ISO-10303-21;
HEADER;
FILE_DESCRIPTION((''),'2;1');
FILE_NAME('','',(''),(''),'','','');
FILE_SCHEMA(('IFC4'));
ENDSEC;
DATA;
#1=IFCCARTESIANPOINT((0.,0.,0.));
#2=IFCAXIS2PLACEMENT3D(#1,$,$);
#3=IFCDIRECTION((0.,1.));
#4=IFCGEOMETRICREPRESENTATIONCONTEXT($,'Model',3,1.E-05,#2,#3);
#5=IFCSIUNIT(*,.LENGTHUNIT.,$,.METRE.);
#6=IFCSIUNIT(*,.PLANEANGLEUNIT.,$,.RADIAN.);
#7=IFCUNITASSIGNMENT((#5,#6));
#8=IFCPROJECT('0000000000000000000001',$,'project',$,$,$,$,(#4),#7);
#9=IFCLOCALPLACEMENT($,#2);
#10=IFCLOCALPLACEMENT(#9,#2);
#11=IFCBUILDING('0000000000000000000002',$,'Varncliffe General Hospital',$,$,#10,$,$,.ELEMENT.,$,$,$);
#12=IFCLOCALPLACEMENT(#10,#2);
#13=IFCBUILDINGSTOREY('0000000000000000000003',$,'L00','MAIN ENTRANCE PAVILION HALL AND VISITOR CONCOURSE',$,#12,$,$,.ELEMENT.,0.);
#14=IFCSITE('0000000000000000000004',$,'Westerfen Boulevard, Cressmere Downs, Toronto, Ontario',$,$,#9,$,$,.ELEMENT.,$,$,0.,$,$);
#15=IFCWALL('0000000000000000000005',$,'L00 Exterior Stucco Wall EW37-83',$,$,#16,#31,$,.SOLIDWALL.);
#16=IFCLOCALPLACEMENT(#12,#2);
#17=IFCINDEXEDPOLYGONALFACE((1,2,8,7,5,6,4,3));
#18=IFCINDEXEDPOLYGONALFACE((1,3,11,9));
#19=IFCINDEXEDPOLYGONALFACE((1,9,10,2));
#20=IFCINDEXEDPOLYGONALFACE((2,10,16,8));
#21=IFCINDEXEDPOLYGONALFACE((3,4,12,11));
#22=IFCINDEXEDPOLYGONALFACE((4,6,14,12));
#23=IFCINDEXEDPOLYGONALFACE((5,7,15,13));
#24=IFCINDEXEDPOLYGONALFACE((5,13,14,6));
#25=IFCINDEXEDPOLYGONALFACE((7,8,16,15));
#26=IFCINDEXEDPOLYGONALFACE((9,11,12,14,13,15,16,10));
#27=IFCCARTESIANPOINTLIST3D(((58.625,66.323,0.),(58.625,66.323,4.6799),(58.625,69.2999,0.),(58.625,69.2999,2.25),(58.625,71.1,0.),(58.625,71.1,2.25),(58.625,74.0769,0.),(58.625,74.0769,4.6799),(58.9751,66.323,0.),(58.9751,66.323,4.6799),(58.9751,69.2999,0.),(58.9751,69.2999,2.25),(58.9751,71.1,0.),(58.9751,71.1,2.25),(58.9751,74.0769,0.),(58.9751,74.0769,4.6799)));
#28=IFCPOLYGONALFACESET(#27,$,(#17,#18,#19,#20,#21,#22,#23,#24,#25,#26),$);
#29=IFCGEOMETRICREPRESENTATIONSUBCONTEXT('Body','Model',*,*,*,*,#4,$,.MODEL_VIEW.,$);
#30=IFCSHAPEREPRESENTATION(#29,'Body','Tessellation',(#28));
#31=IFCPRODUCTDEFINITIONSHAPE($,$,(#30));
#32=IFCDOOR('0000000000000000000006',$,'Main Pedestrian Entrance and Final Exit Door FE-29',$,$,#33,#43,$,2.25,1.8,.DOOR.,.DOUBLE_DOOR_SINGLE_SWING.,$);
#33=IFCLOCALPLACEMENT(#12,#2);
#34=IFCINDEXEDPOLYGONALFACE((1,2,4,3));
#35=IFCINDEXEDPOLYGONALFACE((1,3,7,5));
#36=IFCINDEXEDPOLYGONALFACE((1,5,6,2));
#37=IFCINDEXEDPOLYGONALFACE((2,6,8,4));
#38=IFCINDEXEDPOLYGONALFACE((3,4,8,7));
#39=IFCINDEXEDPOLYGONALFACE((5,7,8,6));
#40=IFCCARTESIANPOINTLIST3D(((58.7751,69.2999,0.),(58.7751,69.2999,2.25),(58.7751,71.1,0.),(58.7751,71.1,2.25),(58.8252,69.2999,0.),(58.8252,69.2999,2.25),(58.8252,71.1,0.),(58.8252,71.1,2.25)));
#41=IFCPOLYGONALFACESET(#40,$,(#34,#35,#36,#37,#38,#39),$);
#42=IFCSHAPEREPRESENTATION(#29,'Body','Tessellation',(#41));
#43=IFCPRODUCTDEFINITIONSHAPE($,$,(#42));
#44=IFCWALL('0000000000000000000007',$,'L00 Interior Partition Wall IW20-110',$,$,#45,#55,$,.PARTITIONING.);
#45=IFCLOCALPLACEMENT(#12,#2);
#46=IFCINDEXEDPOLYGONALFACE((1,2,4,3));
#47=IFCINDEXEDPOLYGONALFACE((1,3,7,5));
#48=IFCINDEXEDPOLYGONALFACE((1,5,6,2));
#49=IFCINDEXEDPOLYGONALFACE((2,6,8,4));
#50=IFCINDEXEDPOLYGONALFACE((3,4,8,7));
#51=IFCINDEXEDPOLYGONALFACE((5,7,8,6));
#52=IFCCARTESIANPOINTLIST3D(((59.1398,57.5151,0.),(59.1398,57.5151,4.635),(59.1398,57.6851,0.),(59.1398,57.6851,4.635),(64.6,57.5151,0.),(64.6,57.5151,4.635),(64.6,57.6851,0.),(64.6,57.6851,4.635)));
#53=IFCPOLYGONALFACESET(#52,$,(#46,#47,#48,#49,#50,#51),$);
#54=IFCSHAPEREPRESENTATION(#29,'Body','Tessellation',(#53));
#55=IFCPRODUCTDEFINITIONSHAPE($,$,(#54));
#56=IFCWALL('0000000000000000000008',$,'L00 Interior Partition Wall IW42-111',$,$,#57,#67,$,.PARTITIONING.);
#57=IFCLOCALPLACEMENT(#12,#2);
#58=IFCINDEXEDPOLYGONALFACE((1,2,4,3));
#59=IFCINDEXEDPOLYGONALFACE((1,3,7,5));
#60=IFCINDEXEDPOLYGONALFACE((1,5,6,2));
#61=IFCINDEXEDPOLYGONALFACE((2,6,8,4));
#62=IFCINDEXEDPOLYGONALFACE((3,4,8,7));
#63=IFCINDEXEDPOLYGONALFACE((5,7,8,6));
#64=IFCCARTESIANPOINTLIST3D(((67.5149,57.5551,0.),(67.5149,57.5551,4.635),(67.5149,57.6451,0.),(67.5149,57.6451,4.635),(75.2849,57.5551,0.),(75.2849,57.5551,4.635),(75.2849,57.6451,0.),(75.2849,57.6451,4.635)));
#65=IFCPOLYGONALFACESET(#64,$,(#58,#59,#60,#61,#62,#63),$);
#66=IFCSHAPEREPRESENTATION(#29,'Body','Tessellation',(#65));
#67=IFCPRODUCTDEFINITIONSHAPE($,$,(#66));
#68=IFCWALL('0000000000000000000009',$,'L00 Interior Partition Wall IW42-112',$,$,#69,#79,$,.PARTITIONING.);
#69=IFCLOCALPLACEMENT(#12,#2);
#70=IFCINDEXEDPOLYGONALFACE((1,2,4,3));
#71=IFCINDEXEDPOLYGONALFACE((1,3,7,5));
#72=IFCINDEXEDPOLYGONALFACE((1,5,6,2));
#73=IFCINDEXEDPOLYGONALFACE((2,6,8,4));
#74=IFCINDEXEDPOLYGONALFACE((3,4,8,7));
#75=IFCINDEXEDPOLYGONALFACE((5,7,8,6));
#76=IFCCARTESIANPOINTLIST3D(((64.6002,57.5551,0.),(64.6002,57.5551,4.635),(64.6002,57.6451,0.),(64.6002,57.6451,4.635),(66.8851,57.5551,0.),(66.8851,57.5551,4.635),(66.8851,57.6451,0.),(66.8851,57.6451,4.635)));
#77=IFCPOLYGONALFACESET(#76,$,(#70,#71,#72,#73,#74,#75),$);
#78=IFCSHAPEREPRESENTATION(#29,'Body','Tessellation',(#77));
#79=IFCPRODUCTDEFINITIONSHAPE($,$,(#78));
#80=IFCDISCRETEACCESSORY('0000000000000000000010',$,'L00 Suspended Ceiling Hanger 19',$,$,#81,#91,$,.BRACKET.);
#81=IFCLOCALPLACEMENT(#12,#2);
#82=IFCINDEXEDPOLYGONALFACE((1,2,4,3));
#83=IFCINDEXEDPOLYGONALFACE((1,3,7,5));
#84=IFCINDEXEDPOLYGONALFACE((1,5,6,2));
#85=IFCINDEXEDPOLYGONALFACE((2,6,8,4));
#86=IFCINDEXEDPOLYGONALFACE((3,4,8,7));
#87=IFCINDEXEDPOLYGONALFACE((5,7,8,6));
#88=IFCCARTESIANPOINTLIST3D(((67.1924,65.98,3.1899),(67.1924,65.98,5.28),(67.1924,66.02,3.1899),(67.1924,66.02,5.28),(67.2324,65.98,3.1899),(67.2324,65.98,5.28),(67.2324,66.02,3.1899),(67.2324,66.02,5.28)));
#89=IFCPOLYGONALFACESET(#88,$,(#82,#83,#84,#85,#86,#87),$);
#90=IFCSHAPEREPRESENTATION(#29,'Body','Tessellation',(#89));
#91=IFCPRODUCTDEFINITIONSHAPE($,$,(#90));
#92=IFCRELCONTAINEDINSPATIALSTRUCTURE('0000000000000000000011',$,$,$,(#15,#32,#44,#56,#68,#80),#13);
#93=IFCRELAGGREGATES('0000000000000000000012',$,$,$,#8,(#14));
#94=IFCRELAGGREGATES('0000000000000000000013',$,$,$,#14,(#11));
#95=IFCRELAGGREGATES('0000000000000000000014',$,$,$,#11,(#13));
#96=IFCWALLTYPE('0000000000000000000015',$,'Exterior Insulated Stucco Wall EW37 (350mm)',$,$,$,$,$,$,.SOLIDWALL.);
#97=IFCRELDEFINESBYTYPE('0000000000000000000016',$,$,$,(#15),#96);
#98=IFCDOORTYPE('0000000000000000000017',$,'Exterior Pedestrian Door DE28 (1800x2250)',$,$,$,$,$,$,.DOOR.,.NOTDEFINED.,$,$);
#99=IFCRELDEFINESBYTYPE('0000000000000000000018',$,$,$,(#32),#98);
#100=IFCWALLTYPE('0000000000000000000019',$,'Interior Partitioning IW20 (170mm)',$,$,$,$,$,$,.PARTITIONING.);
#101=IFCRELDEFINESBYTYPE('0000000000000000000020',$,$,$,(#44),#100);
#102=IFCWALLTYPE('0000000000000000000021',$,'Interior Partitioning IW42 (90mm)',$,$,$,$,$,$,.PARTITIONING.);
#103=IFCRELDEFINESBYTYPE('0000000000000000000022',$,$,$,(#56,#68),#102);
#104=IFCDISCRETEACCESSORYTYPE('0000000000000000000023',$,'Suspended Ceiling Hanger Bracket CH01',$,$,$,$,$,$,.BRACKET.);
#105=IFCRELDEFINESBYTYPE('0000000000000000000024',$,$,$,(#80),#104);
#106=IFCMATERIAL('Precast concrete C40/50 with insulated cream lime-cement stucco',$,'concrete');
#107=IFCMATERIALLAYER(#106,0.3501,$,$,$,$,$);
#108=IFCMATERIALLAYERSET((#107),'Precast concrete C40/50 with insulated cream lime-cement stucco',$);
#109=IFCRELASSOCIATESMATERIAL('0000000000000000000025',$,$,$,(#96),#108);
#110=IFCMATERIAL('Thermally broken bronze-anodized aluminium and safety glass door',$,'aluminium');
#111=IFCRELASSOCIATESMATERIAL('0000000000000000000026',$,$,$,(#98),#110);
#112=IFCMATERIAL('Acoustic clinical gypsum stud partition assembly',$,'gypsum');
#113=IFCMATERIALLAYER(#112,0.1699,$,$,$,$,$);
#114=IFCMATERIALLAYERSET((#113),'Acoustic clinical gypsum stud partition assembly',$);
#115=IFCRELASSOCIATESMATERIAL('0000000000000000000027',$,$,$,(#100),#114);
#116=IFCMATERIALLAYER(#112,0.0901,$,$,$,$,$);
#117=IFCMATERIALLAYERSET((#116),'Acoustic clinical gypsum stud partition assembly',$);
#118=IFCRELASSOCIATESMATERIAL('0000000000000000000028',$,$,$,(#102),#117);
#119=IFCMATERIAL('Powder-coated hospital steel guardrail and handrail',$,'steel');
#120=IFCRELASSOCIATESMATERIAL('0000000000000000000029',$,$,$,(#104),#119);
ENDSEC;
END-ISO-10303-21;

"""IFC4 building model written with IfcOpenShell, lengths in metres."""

from ifc_helpers import new_model, si_unit, direction, frame, frame_2d, origin, origin_2d, place, context, subcontext, project, spatial, rectangle, extrude, material, layer, layer_set, type_object, element, fill, save


model = new_model("IFC4")

# Units and contexts
model_context = context("Model", 3, precision=1e-05, world=origin(), true_north=direction((0.0, 1.0)))
body_context = subcontext(model_context, "Body", "Model", "MODEL_VIEW")
ifc_project = project(units=[si_unit("LENGTHUNIT", "METRE"), si_unit("PLANEANGLEUNIT", "RADIAN")], contexts=[model_context])

# Site, building, storey
site_placement = place(None, origin())
site = spatial("IfcSite", under=ifc_project, at=site_placement, Name="Westerfen Boulevard, Cressmere Downs, Toronto, Ontario", CompositionType="ELEMENT", RefElevation=0.0)
building_placement = place(site_placement, origin())
building = spatial("IfcBuilding", under=site, at=building_placement, Name="Varncliffe General Hospital", CompositionType="ELEMENT")
storey_placement = place(building_placement, origin())
storey = spatial("IfcBuildingStorey", under=building, at=storey_placement, Name="L00", Description="MAIN ENTRANCE PAVILION HALL AND VISITOR CONCOURSE", CompositionType="ELEMENT", Elevation=0.0)

# Wall, opening, door
ifc_material_1 = material(Name="Precast concrete C40/50 with insulated cream lime-cement stucco", Category="concrete")
ifc_material_2 = material(Name="Thermally broken bronze-anodized aluminium and safety glass door", Category="aluminium")
ifc_layer_1 = layer(ifc_material_1, 0.3501)
ifc_layer_set_1 = layer_set([ifc_layer_1], Name="Precast concrete C40/50 with insulated cream lime-cement stucco")
wall_type_1 = type_object("IfcWallType", Name="Exterior Insulated Stucco Wall EW37 (350mm)", PredefinedType="SOLIDWALL", material=ifc_layer_set_1)
wall_1_placement = place(storey_placement, frame((58.8, 66.323, 0.0), z_axis=(0.0, 0.0, 1.0), x_axis=(0.0, 1.0, 0.0)))
wall_1 = element("IfcWall", 1, at=wall_1_placement, inside=storey, type_object=wall_type_1, Name="L00 Exterior Stucco Wall EW37-83", PredefinedType="SOLIDWALL", context=body_context, shape_type="SweptSolid", body=[
    extrude(rectangle(XDim=7.7539, YDim=0.3501, at=frame_2d((3.877, 0.0))), origin(), (0.0, 0.0, 1.0), 4.6799),
])
opening_1_placement = place(wall_1_placement, frame((2.9771, 0.0, 0.0)))
opening_1 = element("IfcOpeningElement", 2, at=opening_1_placement, cuts=wall_1, PredefinedType="OPENING", context=body_context, shape_type="SweptSolid", body=[
    extrude(rectangle(XDim=1.8, YDim=2.25, at=frame_2d((0.8999, 1.125))), frame((0.0, 0.1851, 0.0), z_axis=(0.0, -1.0, 0.0), x_axis=(1.0, 0.0, 0.0)), (0.0, 0.0, 1.0), 0.3701),
])
door_type_1 = type_object("IfcDoorType", Name="Exterior Pedestrian Door DE28 (1800x2250)", OperationType="NOTDEFINED", PredefinedType="DOOR", material=ifc_material_2)
door_1_placement = place(opening_1_placement, origin())
door_1 = element("IfcDoor", 3, at=door_1_placement, inside=storey, type_object=door_type_1, Name="Main Pedestrian Entrance and Final Exit Door FE-29", OperationType="DOUBLE_DOOR_SINGLE_SWING", OverallHeight=2.25, OverallWidth=1.8, PredefinedType="DOOR", context=body_context, shape_type="SweptSolid", body=[
    extrude(rectangle(XDim=1.8, YDim=2.25, at=frame_2d((0.8999, 1.125))), frame((0.0, 0.0249, 0.0), z_axis=(0.0, -1.0, 0.0), x_axis=(1.0, 0.0, 0.0)), (0.0, 0.0, 1.0), 0.05),
])
fill(opening_1, door_1)

# Walls
ifc_material_3 = material(Name="Acoustic clinical gypsum stud partition assembly", Category="gypsum")
ifc_layer_2 = layer(ifc_material_3, 0.1699)
ifc_layer_set_2 = layer_set([ifc_layer_2], Name="Acoustic clinical gypsum stud partition assembly")
wall_type_2 = type_object("IfcWallType", Name="Interior Partitioning IW20 (170mm)", PredefinedType="PARTITIONING", material=ifc_layer_set_2)
wall_2_placement = place(storey_placement, frame((59.1399, 57.6001, 0.0), z_axis=(0.0, 0.0, 1.0), x_axis=(1.0, 0.0, 0.0)))
element("IfcWall", 4, at=wall_2_placement, inside=storey, type_object=wall_type_2, Name="L00 Interior Partition Wall IW20-110", PredefinedType="PARTITIONING", context=body_context, shape_type="SweptSolid", body=[
    extrude(rectangle(XDim=5.4602, YDim=0.1699, at=frame_2d((2.73, 0.0))), origin(), (0.0, 0.0, 1.0), 4.635),
])
ifc_layer_3 = layer(ifc_material_3, 0.0901)
ifc_layer_set_3 = layer_set([ifc_layer_3], Name="Acoustic clinical gypsum stud partition assembly")
wall_type_3 = type_object("IfcWallType", Name="Interior Partitioning IW42 (90mm)", PredefinedType="PARTITIONING", material=ifc_layer_set_3)
wall_3_placement = place(storey_placement, frame((67.5149, 57.6001, 0.0), z_axis=(0.0, 0.0, 1.0), x_axis=(1.0, 0.0, 0.0)))
element("IfcWall", 5, at=wall_3_placement, inside=storey, type_object=wall_type_3, Name="L00 Interior Partition Wall IW42-111", PredefinedType="PARTITIONING", context=body_context, shape_type="SweptSolid", body=[
    extrude(rectangle(XDim=7.77, YDim=0.0901, at=frame_2d((3.885, 0.0))), origin(), (0.0, 0.0, 1.0), 4.635),
])
wall_4_placement = place(storey_placement, frame((64.6001, 57.6001, 0.0), z_axis=(0.0, 0.0, 1.0), x_axis=(1.0, 0.0, 0.0)))
element("IfcWall", 6, at=wall_4_placement, inside=storey, type_object=wall_type_3, Name="L00 Interior Partition Wall IW42-112", PredefinedType="PARTITIONING", context=body_context, shape_type="SweptSolid", body=[
    extrude(rectangle(XDim=2.2849, YDim=0.0901, at=frame_2d((1.1426, 0.0))), origin(), (0.0, 0.0, 1.0), 4.635),
])

# Discrete accessory
ifc_material_4 = material(Name="Powder-coated hospital steel guardrail and handrail", Category="steel")
discrete_accessory_type = type_object("IfcDiscreteAccessoryType", Name="Suspended Ceiling Hanger Bracket CH01", PredefinedType="BRACKET", material=ifc_material_4)
discrete_accessory_placement = place(storey_placement, frame((67.2124, 66.0, 3.1899), z_axis=(0.0, 0.0, 1.0), x_axis=(1.0, 0.0, 0.0)))
element("IfcDiscreteAccessory", 7, at=discrete_accessory_placement, inside=storey, type_object=discrete_accessory_type, Name="L00 Suspended Ceiling Hanger 19", PredefinedType="BRACKET", context=body_context, shape_type="SweptSolid", body=[
    extrude(rectangle(XDim=0.04, YDim=0.04, at=origin_2d()), origin(), (0.0, 0.0, 1.0), 2.0901),
])

save(model, "model.ifc")
